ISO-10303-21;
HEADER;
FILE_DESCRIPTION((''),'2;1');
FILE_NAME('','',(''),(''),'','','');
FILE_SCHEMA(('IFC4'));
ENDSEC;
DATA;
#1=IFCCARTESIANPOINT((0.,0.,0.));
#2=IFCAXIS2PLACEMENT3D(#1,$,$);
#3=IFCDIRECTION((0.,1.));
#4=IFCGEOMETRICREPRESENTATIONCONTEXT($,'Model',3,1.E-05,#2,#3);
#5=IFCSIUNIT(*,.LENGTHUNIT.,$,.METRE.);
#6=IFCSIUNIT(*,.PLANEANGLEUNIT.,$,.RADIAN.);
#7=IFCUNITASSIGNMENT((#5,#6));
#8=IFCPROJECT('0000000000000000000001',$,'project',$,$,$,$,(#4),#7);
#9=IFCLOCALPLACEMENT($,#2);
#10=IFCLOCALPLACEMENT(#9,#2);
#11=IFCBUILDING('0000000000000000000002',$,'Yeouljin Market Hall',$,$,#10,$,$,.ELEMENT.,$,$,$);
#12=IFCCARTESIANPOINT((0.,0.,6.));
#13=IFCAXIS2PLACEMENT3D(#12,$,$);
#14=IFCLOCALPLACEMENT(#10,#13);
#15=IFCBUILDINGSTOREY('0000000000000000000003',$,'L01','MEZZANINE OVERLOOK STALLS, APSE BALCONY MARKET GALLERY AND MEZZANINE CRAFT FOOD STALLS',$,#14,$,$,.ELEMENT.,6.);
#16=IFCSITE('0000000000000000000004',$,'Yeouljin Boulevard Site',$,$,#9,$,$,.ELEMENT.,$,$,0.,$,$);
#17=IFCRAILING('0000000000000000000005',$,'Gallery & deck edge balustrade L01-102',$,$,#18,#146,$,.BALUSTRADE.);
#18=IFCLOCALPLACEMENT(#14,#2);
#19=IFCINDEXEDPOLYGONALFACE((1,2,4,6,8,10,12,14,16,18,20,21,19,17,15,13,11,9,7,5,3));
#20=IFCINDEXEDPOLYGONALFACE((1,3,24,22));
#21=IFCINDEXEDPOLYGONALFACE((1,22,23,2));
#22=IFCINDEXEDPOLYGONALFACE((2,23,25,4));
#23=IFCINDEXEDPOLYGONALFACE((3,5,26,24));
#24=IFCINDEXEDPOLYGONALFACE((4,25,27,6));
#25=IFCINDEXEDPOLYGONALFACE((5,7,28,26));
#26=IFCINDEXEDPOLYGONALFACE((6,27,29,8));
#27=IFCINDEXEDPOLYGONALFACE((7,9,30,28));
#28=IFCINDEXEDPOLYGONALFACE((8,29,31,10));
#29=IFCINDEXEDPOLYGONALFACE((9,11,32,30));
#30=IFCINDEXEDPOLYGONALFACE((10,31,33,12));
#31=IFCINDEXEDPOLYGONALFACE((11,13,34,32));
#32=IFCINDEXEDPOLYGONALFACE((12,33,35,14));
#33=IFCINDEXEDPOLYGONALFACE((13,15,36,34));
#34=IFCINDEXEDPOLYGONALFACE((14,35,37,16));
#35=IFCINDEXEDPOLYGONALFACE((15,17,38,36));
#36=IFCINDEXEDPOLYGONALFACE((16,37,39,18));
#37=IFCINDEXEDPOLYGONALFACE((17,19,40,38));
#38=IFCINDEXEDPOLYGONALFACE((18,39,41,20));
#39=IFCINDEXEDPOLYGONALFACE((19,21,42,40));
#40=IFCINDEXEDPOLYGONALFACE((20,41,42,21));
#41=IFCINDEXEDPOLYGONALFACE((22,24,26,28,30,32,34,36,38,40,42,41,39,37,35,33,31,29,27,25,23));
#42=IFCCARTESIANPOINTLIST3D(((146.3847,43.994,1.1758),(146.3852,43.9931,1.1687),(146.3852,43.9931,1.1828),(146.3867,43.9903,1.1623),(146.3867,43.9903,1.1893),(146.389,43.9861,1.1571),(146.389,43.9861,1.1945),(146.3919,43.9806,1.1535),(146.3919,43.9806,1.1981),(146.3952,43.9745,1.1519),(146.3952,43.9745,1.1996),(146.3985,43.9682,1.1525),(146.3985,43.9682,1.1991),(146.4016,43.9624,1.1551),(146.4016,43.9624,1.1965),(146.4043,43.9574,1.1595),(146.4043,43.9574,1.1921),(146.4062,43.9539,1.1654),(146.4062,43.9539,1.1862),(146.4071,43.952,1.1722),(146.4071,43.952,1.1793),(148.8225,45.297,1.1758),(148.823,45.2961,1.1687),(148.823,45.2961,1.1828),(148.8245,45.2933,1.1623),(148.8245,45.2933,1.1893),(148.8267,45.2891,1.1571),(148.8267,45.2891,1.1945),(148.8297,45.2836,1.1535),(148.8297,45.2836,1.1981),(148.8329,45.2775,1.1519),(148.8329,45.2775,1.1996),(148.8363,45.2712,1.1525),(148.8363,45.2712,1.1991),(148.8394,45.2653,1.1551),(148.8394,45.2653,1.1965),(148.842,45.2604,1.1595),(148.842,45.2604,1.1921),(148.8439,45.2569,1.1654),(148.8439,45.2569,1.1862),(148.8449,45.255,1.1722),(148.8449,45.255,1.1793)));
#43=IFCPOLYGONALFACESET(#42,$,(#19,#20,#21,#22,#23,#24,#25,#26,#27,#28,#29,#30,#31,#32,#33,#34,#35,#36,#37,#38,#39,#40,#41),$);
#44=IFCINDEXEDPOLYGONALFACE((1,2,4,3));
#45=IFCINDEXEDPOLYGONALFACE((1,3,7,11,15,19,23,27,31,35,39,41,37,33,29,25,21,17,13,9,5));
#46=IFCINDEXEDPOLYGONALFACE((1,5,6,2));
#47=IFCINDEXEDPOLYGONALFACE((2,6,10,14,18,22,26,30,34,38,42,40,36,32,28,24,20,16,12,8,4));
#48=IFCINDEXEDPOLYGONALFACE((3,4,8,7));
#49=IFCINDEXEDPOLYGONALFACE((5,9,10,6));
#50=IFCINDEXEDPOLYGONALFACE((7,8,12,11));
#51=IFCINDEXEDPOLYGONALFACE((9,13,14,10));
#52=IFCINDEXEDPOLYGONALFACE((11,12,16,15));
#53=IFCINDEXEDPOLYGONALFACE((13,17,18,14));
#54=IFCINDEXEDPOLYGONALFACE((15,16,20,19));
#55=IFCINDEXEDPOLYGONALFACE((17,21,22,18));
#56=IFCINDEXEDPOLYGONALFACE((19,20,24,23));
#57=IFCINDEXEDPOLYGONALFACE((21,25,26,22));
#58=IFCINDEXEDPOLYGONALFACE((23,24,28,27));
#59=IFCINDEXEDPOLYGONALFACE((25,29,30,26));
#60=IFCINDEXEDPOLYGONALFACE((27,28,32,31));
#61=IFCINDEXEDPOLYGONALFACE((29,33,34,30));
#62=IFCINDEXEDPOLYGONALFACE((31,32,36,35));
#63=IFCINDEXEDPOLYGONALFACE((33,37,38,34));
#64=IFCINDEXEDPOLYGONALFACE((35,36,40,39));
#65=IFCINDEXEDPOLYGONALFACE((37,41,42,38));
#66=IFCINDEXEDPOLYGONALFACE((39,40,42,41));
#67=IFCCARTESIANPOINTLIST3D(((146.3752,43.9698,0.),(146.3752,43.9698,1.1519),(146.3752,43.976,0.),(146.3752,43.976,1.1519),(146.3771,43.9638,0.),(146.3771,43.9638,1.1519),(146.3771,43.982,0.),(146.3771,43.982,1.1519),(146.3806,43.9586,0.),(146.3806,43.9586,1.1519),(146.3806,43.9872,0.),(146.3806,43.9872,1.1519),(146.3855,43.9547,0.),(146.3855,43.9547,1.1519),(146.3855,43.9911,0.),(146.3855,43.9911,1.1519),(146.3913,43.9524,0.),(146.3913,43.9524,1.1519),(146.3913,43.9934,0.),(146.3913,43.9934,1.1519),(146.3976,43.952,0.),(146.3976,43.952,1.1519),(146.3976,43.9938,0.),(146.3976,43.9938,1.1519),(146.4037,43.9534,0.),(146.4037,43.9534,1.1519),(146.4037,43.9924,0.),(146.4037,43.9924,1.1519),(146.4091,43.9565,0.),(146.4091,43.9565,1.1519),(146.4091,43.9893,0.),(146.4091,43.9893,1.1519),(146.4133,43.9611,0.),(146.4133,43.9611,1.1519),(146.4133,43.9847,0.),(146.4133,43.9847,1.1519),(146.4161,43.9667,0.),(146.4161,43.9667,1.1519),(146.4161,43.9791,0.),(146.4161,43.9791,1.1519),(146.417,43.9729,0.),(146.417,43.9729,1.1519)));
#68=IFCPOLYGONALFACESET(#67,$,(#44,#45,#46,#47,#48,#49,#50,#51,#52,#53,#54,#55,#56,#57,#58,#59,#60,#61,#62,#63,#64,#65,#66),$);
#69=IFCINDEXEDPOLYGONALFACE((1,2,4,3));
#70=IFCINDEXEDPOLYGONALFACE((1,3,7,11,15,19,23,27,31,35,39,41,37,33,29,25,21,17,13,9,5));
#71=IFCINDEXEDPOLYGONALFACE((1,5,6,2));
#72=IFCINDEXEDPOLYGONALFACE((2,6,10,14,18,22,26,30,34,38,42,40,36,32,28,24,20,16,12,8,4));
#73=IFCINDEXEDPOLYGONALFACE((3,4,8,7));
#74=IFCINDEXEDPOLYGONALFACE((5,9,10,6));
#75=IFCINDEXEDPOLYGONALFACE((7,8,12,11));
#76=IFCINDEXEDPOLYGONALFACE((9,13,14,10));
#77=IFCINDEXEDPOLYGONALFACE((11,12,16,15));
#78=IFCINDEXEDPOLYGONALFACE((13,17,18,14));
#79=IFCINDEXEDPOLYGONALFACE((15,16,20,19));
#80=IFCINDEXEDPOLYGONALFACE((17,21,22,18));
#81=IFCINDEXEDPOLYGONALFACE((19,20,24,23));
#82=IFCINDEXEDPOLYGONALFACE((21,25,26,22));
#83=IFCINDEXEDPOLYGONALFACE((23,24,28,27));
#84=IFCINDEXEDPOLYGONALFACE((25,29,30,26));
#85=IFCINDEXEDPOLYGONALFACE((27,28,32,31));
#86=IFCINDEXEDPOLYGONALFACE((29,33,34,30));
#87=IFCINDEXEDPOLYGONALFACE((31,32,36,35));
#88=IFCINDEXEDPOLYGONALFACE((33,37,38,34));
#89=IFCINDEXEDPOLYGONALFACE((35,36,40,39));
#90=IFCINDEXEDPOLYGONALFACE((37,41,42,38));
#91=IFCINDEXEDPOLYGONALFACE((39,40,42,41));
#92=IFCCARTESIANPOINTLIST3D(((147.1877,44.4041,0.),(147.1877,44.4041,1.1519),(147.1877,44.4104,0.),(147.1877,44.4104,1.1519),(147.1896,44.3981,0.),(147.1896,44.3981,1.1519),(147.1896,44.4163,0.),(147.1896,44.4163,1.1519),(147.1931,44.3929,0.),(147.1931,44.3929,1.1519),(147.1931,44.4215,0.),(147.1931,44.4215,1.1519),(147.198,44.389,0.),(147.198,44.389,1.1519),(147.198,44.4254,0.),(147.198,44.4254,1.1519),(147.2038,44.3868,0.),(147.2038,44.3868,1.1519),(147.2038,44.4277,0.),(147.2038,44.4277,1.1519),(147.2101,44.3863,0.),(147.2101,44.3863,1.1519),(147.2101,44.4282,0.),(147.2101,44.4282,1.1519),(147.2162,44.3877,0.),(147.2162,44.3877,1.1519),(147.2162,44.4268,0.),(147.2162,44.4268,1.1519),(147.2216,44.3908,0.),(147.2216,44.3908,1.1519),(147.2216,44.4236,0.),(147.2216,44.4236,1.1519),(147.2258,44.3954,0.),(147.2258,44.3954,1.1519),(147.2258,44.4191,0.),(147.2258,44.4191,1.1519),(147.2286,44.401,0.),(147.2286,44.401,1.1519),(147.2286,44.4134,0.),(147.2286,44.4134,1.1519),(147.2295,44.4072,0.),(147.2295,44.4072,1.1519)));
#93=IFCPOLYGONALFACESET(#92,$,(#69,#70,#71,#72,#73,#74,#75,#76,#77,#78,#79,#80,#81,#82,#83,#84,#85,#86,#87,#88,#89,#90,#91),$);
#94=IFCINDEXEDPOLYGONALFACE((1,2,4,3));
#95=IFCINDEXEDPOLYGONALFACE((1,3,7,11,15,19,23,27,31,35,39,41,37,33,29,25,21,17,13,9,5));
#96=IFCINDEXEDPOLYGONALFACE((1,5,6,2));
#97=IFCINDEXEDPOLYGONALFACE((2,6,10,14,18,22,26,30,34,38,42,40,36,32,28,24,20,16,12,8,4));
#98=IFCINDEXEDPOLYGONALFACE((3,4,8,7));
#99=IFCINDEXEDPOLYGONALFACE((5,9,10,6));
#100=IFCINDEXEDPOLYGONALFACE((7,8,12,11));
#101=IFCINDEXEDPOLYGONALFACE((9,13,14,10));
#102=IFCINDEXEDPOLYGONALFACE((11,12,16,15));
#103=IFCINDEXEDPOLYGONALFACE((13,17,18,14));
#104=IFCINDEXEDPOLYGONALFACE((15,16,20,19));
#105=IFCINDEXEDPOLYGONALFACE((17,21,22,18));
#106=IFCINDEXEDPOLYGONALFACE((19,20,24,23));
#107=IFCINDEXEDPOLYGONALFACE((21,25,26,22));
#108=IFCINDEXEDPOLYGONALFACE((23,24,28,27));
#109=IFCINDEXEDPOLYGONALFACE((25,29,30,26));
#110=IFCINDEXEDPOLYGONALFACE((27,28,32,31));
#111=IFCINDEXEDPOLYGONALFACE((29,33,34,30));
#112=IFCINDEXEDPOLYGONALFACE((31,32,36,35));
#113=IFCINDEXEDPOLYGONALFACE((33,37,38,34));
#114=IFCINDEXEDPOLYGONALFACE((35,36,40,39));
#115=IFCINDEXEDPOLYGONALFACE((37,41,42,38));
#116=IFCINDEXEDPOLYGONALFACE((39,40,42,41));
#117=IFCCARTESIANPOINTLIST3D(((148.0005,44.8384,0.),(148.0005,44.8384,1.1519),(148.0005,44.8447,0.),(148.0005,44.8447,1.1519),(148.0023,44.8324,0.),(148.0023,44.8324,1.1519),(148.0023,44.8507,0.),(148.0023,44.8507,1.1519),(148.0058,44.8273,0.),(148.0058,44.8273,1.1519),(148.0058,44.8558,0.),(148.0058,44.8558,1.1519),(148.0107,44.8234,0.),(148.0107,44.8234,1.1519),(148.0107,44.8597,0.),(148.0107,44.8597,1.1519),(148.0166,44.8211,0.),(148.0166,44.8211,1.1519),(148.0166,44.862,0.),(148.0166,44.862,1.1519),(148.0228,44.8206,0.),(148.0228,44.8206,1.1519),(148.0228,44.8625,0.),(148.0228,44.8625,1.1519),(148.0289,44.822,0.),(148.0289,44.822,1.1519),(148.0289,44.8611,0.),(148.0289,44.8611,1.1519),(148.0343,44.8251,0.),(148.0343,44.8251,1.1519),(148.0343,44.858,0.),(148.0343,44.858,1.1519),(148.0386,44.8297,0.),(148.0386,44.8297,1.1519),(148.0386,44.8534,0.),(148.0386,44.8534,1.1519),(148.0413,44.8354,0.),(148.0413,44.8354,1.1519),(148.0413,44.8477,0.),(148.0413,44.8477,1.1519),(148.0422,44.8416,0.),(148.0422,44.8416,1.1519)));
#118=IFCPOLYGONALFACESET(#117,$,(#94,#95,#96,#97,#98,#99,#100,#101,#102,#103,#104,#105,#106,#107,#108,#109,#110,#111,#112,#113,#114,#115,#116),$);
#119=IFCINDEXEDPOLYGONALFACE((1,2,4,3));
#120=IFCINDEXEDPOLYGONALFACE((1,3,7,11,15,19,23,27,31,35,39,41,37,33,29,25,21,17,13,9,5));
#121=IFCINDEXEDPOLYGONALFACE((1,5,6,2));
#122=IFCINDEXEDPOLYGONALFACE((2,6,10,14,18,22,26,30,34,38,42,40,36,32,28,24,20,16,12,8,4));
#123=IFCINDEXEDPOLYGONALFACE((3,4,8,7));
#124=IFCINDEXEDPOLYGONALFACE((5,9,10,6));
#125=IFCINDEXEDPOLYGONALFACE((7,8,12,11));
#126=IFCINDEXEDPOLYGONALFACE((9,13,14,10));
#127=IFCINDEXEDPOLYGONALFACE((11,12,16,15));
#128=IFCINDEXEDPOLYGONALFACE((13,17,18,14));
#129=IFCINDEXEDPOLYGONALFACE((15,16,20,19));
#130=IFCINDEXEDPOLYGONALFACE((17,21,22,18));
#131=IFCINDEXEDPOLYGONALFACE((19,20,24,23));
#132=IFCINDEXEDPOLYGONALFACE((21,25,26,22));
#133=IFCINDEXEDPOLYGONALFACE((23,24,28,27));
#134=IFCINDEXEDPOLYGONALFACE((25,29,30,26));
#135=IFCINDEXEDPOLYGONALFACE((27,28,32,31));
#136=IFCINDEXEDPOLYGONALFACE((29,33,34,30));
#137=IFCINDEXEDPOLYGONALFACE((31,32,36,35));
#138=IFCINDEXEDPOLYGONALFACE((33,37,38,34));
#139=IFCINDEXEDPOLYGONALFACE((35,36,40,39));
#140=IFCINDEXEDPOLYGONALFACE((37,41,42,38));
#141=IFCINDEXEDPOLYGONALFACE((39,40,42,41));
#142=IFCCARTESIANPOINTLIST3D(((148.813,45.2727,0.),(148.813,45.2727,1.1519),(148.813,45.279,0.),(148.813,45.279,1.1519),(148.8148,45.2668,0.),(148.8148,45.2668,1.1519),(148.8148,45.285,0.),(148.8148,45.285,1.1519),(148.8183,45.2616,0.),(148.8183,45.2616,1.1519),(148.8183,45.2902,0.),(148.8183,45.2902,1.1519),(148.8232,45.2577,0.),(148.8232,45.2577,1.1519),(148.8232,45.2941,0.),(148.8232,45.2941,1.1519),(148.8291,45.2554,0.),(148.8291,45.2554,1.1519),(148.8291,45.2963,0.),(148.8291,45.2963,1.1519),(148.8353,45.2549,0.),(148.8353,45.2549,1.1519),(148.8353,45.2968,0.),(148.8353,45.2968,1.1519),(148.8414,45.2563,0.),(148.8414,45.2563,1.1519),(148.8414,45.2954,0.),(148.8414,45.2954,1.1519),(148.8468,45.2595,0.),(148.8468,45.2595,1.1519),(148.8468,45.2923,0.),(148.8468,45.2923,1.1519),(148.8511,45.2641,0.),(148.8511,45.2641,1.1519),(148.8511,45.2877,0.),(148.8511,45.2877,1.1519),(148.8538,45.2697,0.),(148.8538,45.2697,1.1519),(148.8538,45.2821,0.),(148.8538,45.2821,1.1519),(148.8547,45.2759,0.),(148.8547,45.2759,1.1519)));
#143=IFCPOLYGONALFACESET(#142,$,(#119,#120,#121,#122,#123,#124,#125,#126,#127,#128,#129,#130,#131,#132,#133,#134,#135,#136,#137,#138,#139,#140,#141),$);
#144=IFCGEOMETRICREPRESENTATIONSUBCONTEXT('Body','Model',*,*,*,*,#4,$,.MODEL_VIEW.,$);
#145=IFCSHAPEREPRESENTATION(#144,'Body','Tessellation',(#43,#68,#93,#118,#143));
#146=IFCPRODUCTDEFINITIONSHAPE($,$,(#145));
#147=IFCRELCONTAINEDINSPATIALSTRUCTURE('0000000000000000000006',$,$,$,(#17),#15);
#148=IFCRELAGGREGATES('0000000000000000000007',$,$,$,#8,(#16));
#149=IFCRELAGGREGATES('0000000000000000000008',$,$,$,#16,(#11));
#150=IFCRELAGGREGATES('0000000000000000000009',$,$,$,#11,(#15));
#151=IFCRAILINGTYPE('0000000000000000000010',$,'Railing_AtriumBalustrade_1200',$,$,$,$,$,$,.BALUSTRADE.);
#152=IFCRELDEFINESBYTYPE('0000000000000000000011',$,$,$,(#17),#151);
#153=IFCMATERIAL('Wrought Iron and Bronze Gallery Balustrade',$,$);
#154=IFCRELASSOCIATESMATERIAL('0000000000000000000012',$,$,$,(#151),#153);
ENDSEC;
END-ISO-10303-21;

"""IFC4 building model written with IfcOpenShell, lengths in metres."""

from ifc_helpers import new_model, si_unit, direction, frame, origin, origin_2d, place, context, subcontext, project, spatial, circle, extrude, material, type_object, element, save


model = new_model("IFC4")

# Units and contexts
model_context = context("Model", 3, precision=1e-05, world=origin(), true_north=direction((0.0, 1.0)))
body_context = subcontext(model_context, "Body", "Model", "MODEL_VIEW")
ifc_project = project(units=[si_unit("LENGTHUNIT", "METRE"), si_unit("PLANEANGLEUNIT", "RADIAN")], contexts=[model_context])

# Site, building, storey
site_placement = place(None, origin())
site = spatial("IfcSite", under=ifc_project, at=site_placement, Name="Yeouljin Boulevard Site", CompositionType="ELEMENT", RefElevation=0.0)
building_placement = place(site_placement, origin())
building = spatial("IfcBuilding", under=site, at=building_placement, Name="Yeouljin Market Hall", CompositionType="ELEMENT")
storey_placement = place(building_placement, frame((0.0, 0.0, 6.0)))
storey = spatial("IfcBuildingStorey", under=building, at=storey_placement, Name="L01", Description="MEZZANINE OVERLOOK STALLS, APSE BALCONY MARKET GALLERY AND MEZZANINE CRAFT FOOD STALLS", CompositionType="ELEMENT", Elevation=6.0)

# Railing
ifc_material_1 = material(Name="Wrought Iron and Bronze Gallery Balustrade")
railing_type = type_object("IfcRailingType", Name="Railing_AtriumBalustrade_1200", PredefinedType="BALUSTRADE", material=ifc_material_1)
railing_1_placement = place(storey_placement, frame((146.396, 43.9729, 0.0)))
element("IfcRailing", 1, at=railing_1_placement, inside=storey, type_object=railing_type, Name="Gallery & deck edge balustrade L01-102", PredefinedType="BALUSTRADE", context=body_context, shape_type="SweptSolid", body=[
    extrude(circle(Radius=0.0239, at=origin_2d()), frame((0.0, 0.0, 1.1758), z_axis=(0.881925, 0.47139, 0.0), x_axis=(-0.47139, 0.881925, 0.0)), (0.0, 0.0, 1.0), 2.7642),
    extrude(circle(Radius=0.021, at=origin_2d()), origin(), (0.0, 0.0, 1.0), 1.1519),
    extrude(circle(Radius=0.021, at=origin_2d()), frame((0.8125, 0.4343, 0.0)), (0.0, 0.0, 1.0), 1.1519),
    extrude(circle(Radius=0.021, at=origin_2d()), frame((1.6252, 0.8687, 0.0)), (0.0, 0.0, 1.0), 1.1519),
    extrude(circle(Radius=0.021, at=origin_2d()), frame((2.4377, 1.303, 0.0)), (0.0, 0.0, 1.0), 1.1519),
])

save(model, "model.ifc")
